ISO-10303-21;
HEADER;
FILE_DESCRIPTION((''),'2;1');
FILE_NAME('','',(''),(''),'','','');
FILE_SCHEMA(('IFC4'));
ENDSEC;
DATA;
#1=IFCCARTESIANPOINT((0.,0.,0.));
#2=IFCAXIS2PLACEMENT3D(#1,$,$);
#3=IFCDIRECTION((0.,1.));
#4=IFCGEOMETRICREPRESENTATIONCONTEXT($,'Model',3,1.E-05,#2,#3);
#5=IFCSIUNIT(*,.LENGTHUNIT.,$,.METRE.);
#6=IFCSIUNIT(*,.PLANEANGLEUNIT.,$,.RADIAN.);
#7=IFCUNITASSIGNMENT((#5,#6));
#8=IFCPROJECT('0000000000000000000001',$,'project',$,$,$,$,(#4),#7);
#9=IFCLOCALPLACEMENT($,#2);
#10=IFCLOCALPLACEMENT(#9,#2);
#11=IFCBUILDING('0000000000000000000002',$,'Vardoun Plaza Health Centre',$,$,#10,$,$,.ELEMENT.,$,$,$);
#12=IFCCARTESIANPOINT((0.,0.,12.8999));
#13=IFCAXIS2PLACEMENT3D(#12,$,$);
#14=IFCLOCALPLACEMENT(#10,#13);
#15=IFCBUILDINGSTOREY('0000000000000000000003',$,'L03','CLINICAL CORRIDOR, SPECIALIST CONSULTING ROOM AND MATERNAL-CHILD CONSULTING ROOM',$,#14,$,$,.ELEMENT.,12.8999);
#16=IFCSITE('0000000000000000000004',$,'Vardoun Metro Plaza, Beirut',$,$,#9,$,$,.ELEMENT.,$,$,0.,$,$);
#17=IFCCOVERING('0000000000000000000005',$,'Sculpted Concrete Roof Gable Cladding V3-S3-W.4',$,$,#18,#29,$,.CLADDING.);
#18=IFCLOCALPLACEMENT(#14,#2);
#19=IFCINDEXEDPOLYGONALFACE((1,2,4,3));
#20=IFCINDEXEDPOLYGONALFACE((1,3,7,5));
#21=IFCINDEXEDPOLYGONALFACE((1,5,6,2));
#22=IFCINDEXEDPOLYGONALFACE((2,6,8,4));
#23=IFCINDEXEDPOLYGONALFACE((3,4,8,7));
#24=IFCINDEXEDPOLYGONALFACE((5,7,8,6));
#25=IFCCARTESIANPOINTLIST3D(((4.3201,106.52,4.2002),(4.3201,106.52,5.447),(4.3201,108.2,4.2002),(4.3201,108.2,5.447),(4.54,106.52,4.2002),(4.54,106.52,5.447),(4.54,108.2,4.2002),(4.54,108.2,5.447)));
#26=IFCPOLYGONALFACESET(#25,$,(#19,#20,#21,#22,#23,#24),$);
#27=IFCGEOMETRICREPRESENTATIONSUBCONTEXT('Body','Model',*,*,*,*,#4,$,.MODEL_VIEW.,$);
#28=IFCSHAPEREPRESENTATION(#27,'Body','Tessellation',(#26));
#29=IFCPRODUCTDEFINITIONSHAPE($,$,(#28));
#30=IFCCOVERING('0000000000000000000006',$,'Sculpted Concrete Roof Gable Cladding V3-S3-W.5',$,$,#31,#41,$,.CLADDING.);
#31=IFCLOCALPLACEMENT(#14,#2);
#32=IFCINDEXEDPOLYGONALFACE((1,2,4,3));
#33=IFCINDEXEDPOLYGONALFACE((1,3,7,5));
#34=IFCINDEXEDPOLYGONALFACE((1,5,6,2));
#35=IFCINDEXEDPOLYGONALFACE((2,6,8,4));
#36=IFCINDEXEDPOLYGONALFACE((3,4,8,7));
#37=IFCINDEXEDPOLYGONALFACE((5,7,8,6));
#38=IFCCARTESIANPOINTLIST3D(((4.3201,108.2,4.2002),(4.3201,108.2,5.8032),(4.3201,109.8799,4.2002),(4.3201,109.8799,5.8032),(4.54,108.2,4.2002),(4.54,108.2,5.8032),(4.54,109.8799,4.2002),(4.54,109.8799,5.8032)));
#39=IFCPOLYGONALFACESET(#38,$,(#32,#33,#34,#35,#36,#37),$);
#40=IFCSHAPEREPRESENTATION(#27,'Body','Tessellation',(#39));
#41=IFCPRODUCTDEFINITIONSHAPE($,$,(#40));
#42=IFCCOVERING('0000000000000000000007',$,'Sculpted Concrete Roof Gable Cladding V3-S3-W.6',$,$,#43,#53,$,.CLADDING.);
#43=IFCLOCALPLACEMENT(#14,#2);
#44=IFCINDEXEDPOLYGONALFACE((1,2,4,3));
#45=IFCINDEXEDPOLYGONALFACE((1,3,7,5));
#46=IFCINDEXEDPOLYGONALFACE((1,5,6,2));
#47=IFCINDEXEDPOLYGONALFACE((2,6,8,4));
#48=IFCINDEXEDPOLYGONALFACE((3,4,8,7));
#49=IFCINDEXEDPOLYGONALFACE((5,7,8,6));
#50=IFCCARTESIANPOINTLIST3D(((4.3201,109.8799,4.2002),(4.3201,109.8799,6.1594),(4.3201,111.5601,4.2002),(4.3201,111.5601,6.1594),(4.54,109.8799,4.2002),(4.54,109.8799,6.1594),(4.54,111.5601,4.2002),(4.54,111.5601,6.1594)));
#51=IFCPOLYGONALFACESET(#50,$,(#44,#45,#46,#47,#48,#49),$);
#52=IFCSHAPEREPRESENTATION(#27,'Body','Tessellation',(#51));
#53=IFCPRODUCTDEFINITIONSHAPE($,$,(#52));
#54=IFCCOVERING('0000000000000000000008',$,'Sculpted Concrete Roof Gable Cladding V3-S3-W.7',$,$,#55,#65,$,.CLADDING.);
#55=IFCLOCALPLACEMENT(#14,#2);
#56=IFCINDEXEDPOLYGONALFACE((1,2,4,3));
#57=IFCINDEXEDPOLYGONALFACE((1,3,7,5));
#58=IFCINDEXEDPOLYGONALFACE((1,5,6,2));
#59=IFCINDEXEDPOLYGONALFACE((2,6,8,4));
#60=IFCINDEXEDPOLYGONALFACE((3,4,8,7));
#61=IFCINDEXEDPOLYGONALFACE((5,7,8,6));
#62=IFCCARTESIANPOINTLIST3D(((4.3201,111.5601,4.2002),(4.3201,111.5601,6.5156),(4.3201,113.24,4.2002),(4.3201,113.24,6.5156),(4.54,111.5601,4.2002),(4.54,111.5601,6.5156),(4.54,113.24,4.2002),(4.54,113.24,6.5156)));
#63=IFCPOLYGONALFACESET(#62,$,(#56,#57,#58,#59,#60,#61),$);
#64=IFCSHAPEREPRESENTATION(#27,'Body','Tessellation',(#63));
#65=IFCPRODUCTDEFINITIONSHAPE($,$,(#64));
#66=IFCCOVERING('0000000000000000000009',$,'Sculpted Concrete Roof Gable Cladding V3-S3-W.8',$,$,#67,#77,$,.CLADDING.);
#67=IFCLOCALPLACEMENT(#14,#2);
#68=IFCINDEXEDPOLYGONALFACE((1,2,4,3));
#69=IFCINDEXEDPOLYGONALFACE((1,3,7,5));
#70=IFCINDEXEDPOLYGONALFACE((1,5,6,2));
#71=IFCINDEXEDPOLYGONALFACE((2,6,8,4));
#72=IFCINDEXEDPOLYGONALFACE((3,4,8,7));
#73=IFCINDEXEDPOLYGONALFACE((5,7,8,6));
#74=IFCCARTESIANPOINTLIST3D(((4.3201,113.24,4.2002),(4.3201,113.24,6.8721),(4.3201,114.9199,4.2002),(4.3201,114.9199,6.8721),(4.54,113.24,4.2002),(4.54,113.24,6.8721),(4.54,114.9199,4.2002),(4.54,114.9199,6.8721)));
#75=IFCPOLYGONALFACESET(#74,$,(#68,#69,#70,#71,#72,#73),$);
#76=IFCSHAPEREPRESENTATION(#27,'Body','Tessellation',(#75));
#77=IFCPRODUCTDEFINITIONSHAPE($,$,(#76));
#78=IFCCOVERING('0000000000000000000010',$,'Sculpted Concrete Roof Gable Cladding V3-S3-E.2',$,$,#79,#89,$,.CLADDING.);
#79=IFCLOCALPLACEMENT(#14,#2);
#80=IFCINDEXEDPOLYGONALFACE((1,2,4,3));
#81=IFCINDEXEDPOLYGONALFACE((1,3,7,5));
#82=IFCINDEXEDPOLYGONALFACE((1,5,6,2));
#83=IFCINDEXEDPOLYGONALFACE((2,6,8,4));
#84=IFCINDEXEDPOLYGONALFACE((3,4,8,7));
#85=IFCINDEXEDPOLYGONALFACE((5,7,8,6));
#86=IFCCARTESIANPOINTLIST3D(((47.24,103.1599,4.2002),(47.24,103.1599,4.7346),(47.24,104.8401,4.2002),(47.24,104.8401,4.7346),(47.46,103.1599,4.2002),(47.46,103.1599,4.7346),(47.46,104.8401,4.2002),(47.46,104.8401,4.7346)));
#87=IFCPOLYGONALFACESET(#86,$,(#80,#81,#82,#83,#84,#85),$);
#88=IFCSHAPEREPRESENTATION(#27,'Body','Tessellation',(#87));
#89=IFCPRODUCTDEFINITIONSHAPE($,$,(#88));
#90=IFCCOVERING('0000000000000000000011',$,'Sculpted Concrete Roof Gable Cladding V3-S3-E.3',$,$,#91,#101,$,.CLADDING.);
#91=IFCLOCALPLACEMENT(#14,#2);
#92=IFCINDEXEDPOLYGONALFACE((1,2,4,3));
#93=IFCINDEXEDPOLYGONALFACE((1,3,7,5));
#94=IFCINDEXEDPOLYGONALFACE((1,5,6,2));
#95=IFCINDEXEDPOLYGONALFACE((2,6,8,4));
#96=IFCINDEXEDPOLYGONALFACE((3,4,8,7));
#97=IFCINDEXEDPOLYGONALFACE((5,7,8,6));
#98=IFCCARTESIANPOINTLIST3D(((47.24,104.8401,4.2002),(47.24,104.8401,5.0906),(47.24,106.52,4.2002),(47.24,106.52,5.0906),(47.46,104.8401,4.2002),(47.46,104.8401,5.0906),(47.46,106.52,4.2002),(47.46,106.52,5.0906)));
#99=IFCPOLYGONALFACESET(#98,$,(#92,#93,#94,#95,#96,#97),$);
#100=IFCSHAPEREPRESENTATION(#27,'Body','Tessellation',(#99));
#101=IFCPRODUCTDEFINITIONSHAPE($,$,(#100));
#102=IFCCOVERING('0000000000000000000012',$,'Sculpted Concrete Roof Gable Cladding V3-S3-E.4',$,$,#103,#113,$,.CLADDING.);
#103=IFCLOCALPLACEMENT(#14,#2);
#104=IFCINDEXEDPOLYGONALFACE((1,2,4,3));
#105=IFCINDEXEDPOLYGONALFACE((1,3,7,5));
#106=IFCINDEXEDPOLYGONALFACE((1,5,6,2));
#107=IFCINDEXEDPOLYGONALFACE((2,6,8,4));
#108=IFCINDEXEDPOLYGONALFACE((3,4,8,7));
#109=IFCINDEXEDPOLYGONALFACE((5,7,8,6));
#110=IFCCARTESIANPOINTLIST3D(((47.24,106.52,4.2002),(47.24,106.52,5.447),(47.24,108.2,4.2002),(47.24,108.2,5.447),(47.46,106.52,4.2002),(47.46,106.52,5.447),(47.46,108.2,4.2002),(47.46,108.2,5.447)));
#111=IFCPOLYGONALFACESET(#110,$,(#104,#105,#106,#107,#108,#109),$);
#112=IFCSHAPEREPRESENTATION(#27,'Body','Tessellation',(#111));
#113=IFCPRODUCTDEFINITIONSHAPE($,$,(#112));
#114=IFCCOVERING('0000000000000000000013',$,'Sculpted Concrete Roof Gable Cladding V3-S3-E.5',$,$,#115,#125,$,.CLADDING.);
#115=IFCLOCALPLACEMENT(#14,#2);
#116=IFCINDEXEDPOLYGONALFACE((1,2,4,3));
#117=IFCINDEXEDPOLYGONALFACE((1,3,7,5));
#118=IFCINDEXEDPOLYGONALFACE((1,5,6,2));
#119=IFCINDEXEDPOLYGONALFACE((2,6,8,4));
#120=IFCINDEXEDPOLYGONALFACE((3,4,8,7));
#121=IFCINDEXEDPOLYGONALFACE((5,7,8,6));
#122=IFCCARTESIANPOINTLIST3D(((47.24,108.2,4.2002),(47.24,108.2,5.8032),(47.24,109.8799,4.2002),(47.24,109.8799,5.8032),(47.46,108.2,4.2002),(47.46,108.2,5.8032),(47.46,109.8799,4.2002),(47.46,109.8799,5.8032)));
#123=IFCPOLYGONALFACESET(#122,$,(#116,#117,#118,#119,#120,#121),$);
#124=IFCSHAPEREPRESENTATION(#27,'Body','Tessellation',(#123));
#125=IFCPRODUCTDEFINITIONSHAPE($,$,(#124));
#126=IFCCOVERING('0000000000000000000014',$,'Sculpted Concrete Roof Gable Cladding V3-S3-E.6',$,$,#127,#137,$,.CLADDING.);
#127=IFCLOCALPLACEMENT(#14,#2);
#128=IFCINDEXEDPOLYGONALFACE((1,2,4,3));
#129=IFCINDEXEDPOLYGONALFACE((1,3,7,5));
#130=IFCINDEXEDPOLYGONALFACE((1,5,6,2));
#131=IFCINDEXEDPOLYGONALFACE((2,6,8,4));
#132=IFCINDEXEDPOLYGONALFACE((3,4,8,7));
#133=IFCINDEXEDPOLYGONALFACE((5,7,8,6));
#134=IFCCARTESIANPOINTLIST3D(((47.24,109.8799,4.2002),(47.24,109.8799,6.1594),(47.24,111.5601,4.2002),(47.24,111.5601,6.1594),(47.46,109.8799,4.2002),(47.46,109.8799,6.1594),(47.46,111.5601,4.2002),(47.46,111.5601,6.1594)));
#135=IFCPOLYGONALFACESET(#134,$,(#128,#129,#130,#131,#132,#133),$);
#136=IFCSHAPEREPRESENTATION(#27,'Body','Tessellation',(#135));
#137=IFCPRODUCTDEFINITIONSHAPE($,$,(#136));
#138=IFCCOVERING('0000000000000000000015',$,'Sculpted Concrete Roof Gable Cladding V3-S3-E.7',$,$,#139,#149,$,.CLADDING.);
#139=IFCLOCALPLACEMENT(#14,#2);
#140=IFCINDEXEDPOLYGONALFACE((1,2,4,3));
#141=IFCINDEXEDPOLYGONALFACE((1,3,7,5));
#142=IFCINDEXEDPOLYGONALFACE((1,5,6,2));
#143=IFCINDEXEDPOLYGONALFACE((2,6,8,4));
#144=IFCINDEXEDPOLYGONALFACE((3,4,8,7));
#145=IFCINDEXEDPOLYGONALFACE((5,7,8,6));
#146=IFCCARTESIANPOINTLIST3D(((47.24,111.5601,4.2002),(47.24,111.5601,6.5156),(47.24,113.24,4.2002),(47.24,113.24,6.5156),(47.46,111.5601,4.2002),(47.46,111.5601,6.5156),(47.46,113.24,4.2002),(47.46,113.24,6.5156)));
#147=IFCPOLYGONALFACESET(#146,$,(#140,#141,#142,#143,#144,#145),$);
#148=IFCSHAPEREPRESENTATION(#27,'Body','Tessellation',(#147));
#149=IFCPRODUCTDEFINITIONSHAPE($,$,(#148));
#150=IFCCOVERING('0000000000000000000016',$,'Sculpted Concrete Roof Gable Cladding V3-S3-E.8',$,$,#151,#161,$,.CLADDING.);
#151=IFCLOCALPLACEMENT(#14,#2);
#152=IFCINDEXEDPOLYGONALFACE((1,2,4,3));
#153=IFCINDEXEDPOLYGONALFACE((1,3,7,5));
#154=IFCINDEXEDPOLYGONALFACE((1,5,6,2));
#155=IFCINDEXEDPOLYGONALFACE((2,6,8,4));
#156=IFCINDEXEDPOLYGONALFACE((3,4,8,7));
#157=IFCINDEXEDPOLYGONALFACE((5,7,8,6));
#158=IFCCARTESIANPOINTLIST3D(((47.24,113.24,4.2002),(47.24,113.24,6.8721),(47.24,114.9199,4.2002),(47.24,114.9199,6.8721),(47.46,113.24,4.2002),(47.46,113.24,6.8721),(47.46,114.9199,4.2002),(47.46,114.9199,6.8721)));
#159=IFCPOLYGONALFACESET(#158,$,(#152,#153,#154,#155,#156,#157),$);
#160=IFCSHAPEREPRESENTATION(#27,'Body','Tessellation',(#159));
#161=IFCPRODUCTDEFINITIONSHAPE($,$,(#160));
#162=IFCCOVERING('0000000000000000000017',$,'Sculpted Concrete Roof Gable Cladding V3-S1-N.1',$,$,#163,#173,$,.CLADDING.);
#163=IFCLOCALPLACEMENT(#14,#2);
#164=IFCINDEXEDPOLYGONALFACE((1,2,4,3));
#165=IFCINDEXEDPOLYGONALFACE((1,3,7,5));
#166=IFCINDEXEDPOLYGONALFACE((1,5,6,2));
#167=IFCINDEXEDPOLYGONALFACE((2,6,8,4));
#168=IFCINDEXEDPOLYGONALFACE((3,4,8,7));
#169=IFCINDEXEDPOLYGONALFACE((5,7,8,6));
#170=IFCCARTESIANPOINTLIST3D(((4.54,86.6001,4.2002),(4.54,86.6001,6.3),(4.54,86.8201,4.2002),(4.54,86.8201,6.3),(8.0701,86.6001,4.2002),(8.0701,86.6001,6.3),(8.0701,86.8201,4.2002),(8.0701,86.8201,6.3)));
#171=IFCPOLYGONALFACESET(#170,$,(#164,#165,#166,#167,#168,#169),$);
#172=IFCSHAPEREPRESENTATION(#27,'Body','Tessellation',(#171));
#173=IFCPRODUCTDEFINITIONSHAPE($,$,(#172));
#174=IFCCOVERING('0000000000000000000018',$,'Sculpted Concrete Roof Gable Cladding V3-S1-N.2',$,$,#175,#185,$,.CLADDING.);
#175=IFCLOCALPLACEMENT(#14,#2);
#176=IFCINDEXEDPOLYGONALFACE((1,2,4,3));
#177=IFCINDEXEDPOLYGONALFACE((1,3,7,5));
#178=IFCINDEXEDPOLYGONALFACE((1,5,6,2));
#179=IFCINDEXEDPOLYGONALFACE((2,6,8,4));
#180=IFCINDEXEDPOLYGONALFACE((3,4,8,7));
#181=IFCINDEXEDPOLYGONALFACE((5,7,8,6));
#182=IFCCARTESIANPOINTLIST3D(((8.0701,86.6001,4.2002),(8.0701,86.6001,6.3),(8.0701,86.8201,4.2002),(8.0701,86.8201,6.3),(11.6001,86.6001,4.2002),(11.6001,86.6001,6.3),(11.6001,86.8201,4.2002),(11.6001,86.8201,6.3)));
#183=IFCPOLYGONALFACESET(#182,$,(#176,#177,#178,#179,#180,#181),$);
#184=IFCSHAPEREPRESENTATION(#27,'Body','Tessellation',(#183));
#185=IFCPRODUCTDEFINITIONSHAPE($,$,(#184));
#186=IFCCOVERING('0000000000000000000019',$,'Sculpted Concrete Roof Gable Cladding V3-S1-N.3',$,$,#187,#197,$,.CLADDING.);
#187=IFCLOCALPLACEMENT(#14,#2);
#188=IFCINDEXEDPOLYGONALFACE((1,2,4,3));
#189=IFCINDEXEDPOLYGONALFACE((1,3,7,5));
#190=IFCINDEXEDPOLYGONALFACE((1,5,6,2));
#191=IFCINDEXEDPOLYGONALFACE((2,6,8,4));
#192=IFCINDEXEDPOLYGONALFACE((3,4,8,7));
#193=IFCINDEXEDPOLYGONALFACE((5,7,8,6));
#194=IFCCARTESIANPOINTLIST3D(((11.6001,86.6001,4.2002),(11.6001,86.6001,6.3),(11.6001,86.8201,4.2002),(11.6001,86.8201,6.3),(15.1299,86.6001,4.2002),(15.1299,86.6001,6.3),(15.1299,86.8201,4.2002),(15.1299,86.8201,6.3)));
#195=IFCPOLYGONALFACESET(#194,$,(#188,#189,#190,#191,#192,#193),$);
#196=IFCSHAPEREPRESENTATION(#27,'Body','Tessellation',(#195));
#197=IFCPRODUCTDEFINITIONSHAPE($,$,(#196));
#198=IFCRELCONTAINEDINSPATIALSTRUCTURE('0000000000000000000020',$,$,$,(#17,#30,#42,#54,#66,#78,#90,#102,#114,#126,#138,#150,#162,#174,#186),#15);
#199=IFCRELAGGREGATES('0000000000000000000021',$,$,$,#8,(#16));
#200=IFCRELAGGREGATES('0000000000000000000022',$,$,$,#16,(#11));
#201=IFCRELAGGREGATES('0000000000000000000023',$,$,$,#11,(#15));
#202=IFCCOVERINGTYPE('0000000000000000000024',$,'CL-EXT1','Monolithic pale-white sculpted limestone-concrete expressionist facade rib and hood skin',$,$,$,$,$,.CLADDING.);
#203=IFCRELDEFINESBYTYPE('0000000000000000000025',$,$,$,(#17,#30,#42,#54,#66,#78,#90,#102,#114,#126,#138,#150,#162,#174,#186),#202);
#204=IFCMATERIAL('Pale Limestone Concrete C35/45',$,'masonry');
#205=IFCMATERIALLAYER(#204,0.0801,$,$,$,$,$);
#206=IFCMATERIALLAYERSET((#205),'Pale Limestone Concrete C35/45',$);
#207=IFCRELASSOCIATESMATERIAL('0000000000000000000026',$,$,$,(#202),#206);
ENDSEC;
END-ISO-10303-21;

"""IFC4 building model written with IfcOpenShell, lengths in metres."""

from ifc_helpers import new_model, si_unit, direction, frame, origin, place, context, subcontext, project, spatial, polyline, outline, extrude, material, layer, layer_set, type_object, element, save


model = new_model("IFC4")

# Units and contexts
model_context = context("Model", 3, precision=1e-05, world=origin(), true_north=direction((0.0, 1.0)))
body_context = subcontext(model_context, "Body", "Model", "MODEL_VIEW")
ifc_project = project(units=[si_unit("LENGTHUNIT", "METRE"), si_unit("PLANEANGLEUNIT", "RADIAN")], contexts=[model_context])

# Site, building, storey
site_placement = place(None, origin())
site = spatial("IfcSite", under=ifc_project, at=site_placement, Name="Vardoun Metro Plaza, Beirut", CompositionType="ELEMENT", RefElevation=0.0)
building_placement = place(site_placement, origin())
building = spatial("IfcBuilding", under=site, at=building_placement, Name="Vardoun Plaza Health Centre", CompositionType="ELEMENT")
storey_placement = place(building_placement, frame((0.0, 0.0, 12.8999)))
storey = spatial("IfcBuildingStorey", under=building, at=storey_placement, Name="L03", Description="CLINICAL CORRIDOR, SPECIALIST CONSULTING ROOM AND MATERNAL-CHILD CONSULTING ROOM", CompositionType="ELEMENT", Elevation=12.8999)

# Coverings
ifc_material = material(Name="Pale Limestone Concrete C35/45", Category="masonry")
ifc_layer = layer(ifc_material, 0.0801)
ifc_layer_set = layer_set([ifc_layer], Name="Pale Limestone Concrete C35/45")
covering_type = type_object("IfcCoveringType", Name="CL-EXT1", Description="Monolithic pale-white sculpted limestone-concrete expressionist facade rib and hood skin", PredefinedType="CLADDING", material=ifc_layer_set)
covering_1_placement = place(storey_placement, frame((0.0, 0.0, 4.2002)))
element("IfcCovering", 1, at=covering_1_placement, inside=storey, type_object=covering_type, Name="Sculpted Concrete Roof Gable Cladding V3-S3-W.4", PredefinedType="CLADDING", context=body_context, shape_type="SweptSolid", body=[
    extrude(outline(polyline([(4.54, 106.52), (4.54, 108.2), (4.3201, 108.2), (4.3201, 106.52), (4.54, 106.52)])), origin(), (0.0, 0.0, 1.0), 1.2468),
])
covering_2_placement = place(storey_placement, frame((0.0, 0.0, 4.2002)))
element("IfcCovering", 2, at=covering_2_placement, inside=storey, type_object=covering_type, Name="Sculpted Concrete Roof Gable Cladding V3-S3-W.5", PredefinedType="CLADDING", context=body_context, shape_type="SweptSolid", body=[
    extrude(outline(polyline([(4.54, 108.2), (4.54, 109.8799), (4.3201, 109.8799), (4.3201, 108.2), (4.54, 108.2)])), origin(), (0.0, 0.0, 1.0), 1.603),
])
covering_3_placement = place(storey_placement, frame((0.0, 0.0, 4.2002)))
element("IfcCovering", 3, at=covering_3_placement, inside=storey, type_object=covering_type, Name="Sculpted Concrete Roof Gable Cladding V3-S3-W.6", PredefinedType="CLADDING", context=body_context, shape_type="SweptSolid", body=[
    extrude(outline(polyline([(4.54, 109.8799), (4.54, 111.5601), (4.3201, 111.5601), (4.3201, 109.8799), (4.54, 109.8799)])), origin(), (0.0, 0.0, 1.0), 1.9592),
])
covering_4_placement = place(storey_placement, frame((0.0, 0.0, 4.2002)))
element("IfcCovering", 4, at=covering_4_placement, inside=storey, type_object=covering_type, Name="Sculpted Concrete Roof Gable Cladding V3-S3-W.7", PredefinedType="CLADDING", context=body_context, shape_type="SweptSolid", body=[
    extrude(outline(polyline([(4.54, 111.5601), (4.54, 113.24), (4.3201, 113.24), (4.3201, 111.5601), (4.54, 111.5601)])), origin(), (0.0, 0.0, 1.0), 2.3154),
])
covering_5_placement = place(storey_placement, frame((0.0, 0.0, 4.2002)))
element("IfcCovering", 5, at=covering_5_placement, inside=storey, type_object=covering_type, Name="Sculpted Concrete Roof Gable Cladding V3-S3-W.8", PredefinedType="CLADDING", context=body_context, shape_type="SweptSolid", body=[
    extrude(outline(polyline([(4.54, 113.24), (4.54, 114.9199), (4.3201, 114.9199), (4.3201, 113.24), (4.54, 113.24)])), origin(), (0.0, 0.0, 1.0), 2.6719),
])
covering_6_placement = place(storey_placement, frame((0.0, 0.0, 4.2002)))
element("IfcCovering", 6, at=covering_6_placement, inside=storey, type_object=covering_type, Name="Sculpted Concrete Roof Gable Cladding V3-S3-E.2", PredefinedType="CLADDING", context=body_context, shape_type="SweptSolid", body=[
    extrude(outline(polyline([(47.46, 103.1599), (47.46, 104.8401), (47.24, 104.8401), (47.24, 103.1599), (47.46, 103.1599)])), origin(), (0.0, 0.0, 1.0), 0.5344),
])
covering_7_placement = place(storey_placement, frame((0.0, 0.0, 4.2002)))
element("IfcCovering", 7, at=covering_7_placement, inside=storey, type_object=covering_type, Name="Sculpted Concrete Roof Gable Cladding V3-S3-E.3", PredefinedType="CLADDING", context=body_context, shape_type="SweptSolid", body=[
    extrude(outline(polyline([(47.46, 104.8401), (47.46, 106.52), (47.24, 106.52), (47.24, 104.8401), (47.46, 104.8401)])), origin(), (0.0, 0.0, 1.0), 0.8904),
])
covering_8_placement = place(storey_placement, frame((0.0, 0.0, 4.2002)))
element("IfcCovering", 8, at=covering_8_placement, inside=storey, type_object=covering_type, Name="Sculpted Concrete Roof Gable Cladding V3-S3-E.4", PredefinedType="CLADDING", context=body_context, shape_type="SweptSolid", body=[
    extrude(outline(polyline([(47.46, 106.52), (47.46, 108.2), (47.24, 108.2), (47.24, 106.52), (47.46, 106.52)])), origin(), (0.0, 0.0, 1.0), 1.2468),
])
covering_9_placement = place(storey_placement, frame((0.0, 0.0, 4.2002)))
element("IfcCovering", 9, at=covering_9_placement, inside=storey, type_object=covering_type, Name="Sculpted Concrete Roof Gable Cladding V3-S3-E.5", PredefinedType="CLADDING", context=body_context, shape_type="SweptSolid", body=[
    extrude(outline(polyline([(47.46, 108.2), (47.46, 109.8799), (47.24, 109.8799), (47.24, 108.2), (47.46, 108.2)])), origin(), (0.0, 0.0, 1.0), 1.603),
])
covering_10_placement = place(storey_placement, frame((0.0, 0.0, 4.2002)))
element("IfcCovering", 10, at=covering_10_placement, inside=storey, type_object=covering_type, Name="Sculpted Concrete Roof Gable Cladding V3-S3-E.6", PredefinedType="CLADDING", context=body_context, shape_type="SweptSolid", body=[
    extrude(outline(polyline([(47.46, 109.8799), (47.46, 111.5601), (47.24, 111.5601), (47.24, 109.8799), (47.46, 109.8799)])), origin(), (0.0, 0.0, 1.0), 1.9592),
])
covering_11_placement = place(storey_placement, frame((0.0, 0.0, 4.2002)))
element("IfcCovering", 11, at=covering_11_placement, inside=storey, type_object=covering_type, Name="Sculpted Concrete Roof Gable Cladding V3-S3-E.7", PredefinedType="CLADDING", context=body_context, shape_type="SweptSolid", body=[
    extrude(outline(polyline([(47.46, 111.5601), (47.46, 113.24), (47.24, 113.24), (47.24, 111.5601), (47.46, 111.5601)])), origin(), (0.0, 0.0, 1.0), 2.3154),
])
covering_12_placement = place(storey_placement, frame((0.0, 0.0, 4.2002)))
element("IfcCovering", 12, at=covering_12_placement, inside=storey, type_object=covering_type, Name="Sculpted Concrete Roof Gable Cladding V3-S3-E.8", PredefinedType="CLADDING", context=body_context, shape_type="SweptSolid", body=[
    extrude(outline(polyline([(47.46, 113.24), (47.46, 114.9199), (47.24, 114.9199), (47.24, 113.24), (47.46, 113.24)])), origin(), (0.0, 0.0, 1.0), 2.6719),
])
covering_13_placement = place(storey_placement, frame((0.0, 0.0, 4.2002)))
element("IfcCovering", 13, at=covering_13_placement, inside=storey, type_object=covering_type, Name="Sculpted Concrete Roof Gable Cladding V3-S1-N.1", PredefinedType="CLADDING", context=body_context, shape_type="SweptSolid", body=[
    extrude(outline(polyline([(4.54, 86.6001), (8.0701, 86.6001), (8.0701, 86.8201), (4.54, 86.8201), (4.54, 86.6001)])), origin(), (0.0, 0.0, 1.0), 2.0999),
])
covering_14_placement = place(storey_placement, frame((0.0, 0.0, 4.2002)))
element("IfcCovering", 14, at=covering_14_placement, inside=storey, type_object=covering_type, Name="Sculpted Concrete Roof Gable Cladding V3-S1-N.2", PredefinedType="CLADDING", context=body_context, shape_type="SweptSolid", body=[
    extrude(outline(polyline([(8.0701, 86.6001), (11.6001, 86.6001), (11.6001, 86.8201), (8.0701, 86.8201), (8.0701, 86.6001)])), origin(), (0.0, 0.0, 1.0), 2.0999),
])
covering_15_placement = place(storey_placement, frame((0.0, 0.0, 4.2002)))
element("IfcCovering", 15, at=covering_15_placement, inside=storey, type_object=covering_type, Name="Sculpted Concrete Roof Gable Cladding V3-S1-N.3", PredefinedType="CLADDING", context=body_context, shape_type="SweptSolid", body=[
    extrude(outline(polyline([(11.6001, 86.6001), (15.1299, 86.6001), (15.1299, 86.8201), (11.6001, 86.8201), (11.6001, 86.6001)])), origin(), (0.0, 0.0, 1.0), 2.0999),
])

save(model, "model.ifc")
